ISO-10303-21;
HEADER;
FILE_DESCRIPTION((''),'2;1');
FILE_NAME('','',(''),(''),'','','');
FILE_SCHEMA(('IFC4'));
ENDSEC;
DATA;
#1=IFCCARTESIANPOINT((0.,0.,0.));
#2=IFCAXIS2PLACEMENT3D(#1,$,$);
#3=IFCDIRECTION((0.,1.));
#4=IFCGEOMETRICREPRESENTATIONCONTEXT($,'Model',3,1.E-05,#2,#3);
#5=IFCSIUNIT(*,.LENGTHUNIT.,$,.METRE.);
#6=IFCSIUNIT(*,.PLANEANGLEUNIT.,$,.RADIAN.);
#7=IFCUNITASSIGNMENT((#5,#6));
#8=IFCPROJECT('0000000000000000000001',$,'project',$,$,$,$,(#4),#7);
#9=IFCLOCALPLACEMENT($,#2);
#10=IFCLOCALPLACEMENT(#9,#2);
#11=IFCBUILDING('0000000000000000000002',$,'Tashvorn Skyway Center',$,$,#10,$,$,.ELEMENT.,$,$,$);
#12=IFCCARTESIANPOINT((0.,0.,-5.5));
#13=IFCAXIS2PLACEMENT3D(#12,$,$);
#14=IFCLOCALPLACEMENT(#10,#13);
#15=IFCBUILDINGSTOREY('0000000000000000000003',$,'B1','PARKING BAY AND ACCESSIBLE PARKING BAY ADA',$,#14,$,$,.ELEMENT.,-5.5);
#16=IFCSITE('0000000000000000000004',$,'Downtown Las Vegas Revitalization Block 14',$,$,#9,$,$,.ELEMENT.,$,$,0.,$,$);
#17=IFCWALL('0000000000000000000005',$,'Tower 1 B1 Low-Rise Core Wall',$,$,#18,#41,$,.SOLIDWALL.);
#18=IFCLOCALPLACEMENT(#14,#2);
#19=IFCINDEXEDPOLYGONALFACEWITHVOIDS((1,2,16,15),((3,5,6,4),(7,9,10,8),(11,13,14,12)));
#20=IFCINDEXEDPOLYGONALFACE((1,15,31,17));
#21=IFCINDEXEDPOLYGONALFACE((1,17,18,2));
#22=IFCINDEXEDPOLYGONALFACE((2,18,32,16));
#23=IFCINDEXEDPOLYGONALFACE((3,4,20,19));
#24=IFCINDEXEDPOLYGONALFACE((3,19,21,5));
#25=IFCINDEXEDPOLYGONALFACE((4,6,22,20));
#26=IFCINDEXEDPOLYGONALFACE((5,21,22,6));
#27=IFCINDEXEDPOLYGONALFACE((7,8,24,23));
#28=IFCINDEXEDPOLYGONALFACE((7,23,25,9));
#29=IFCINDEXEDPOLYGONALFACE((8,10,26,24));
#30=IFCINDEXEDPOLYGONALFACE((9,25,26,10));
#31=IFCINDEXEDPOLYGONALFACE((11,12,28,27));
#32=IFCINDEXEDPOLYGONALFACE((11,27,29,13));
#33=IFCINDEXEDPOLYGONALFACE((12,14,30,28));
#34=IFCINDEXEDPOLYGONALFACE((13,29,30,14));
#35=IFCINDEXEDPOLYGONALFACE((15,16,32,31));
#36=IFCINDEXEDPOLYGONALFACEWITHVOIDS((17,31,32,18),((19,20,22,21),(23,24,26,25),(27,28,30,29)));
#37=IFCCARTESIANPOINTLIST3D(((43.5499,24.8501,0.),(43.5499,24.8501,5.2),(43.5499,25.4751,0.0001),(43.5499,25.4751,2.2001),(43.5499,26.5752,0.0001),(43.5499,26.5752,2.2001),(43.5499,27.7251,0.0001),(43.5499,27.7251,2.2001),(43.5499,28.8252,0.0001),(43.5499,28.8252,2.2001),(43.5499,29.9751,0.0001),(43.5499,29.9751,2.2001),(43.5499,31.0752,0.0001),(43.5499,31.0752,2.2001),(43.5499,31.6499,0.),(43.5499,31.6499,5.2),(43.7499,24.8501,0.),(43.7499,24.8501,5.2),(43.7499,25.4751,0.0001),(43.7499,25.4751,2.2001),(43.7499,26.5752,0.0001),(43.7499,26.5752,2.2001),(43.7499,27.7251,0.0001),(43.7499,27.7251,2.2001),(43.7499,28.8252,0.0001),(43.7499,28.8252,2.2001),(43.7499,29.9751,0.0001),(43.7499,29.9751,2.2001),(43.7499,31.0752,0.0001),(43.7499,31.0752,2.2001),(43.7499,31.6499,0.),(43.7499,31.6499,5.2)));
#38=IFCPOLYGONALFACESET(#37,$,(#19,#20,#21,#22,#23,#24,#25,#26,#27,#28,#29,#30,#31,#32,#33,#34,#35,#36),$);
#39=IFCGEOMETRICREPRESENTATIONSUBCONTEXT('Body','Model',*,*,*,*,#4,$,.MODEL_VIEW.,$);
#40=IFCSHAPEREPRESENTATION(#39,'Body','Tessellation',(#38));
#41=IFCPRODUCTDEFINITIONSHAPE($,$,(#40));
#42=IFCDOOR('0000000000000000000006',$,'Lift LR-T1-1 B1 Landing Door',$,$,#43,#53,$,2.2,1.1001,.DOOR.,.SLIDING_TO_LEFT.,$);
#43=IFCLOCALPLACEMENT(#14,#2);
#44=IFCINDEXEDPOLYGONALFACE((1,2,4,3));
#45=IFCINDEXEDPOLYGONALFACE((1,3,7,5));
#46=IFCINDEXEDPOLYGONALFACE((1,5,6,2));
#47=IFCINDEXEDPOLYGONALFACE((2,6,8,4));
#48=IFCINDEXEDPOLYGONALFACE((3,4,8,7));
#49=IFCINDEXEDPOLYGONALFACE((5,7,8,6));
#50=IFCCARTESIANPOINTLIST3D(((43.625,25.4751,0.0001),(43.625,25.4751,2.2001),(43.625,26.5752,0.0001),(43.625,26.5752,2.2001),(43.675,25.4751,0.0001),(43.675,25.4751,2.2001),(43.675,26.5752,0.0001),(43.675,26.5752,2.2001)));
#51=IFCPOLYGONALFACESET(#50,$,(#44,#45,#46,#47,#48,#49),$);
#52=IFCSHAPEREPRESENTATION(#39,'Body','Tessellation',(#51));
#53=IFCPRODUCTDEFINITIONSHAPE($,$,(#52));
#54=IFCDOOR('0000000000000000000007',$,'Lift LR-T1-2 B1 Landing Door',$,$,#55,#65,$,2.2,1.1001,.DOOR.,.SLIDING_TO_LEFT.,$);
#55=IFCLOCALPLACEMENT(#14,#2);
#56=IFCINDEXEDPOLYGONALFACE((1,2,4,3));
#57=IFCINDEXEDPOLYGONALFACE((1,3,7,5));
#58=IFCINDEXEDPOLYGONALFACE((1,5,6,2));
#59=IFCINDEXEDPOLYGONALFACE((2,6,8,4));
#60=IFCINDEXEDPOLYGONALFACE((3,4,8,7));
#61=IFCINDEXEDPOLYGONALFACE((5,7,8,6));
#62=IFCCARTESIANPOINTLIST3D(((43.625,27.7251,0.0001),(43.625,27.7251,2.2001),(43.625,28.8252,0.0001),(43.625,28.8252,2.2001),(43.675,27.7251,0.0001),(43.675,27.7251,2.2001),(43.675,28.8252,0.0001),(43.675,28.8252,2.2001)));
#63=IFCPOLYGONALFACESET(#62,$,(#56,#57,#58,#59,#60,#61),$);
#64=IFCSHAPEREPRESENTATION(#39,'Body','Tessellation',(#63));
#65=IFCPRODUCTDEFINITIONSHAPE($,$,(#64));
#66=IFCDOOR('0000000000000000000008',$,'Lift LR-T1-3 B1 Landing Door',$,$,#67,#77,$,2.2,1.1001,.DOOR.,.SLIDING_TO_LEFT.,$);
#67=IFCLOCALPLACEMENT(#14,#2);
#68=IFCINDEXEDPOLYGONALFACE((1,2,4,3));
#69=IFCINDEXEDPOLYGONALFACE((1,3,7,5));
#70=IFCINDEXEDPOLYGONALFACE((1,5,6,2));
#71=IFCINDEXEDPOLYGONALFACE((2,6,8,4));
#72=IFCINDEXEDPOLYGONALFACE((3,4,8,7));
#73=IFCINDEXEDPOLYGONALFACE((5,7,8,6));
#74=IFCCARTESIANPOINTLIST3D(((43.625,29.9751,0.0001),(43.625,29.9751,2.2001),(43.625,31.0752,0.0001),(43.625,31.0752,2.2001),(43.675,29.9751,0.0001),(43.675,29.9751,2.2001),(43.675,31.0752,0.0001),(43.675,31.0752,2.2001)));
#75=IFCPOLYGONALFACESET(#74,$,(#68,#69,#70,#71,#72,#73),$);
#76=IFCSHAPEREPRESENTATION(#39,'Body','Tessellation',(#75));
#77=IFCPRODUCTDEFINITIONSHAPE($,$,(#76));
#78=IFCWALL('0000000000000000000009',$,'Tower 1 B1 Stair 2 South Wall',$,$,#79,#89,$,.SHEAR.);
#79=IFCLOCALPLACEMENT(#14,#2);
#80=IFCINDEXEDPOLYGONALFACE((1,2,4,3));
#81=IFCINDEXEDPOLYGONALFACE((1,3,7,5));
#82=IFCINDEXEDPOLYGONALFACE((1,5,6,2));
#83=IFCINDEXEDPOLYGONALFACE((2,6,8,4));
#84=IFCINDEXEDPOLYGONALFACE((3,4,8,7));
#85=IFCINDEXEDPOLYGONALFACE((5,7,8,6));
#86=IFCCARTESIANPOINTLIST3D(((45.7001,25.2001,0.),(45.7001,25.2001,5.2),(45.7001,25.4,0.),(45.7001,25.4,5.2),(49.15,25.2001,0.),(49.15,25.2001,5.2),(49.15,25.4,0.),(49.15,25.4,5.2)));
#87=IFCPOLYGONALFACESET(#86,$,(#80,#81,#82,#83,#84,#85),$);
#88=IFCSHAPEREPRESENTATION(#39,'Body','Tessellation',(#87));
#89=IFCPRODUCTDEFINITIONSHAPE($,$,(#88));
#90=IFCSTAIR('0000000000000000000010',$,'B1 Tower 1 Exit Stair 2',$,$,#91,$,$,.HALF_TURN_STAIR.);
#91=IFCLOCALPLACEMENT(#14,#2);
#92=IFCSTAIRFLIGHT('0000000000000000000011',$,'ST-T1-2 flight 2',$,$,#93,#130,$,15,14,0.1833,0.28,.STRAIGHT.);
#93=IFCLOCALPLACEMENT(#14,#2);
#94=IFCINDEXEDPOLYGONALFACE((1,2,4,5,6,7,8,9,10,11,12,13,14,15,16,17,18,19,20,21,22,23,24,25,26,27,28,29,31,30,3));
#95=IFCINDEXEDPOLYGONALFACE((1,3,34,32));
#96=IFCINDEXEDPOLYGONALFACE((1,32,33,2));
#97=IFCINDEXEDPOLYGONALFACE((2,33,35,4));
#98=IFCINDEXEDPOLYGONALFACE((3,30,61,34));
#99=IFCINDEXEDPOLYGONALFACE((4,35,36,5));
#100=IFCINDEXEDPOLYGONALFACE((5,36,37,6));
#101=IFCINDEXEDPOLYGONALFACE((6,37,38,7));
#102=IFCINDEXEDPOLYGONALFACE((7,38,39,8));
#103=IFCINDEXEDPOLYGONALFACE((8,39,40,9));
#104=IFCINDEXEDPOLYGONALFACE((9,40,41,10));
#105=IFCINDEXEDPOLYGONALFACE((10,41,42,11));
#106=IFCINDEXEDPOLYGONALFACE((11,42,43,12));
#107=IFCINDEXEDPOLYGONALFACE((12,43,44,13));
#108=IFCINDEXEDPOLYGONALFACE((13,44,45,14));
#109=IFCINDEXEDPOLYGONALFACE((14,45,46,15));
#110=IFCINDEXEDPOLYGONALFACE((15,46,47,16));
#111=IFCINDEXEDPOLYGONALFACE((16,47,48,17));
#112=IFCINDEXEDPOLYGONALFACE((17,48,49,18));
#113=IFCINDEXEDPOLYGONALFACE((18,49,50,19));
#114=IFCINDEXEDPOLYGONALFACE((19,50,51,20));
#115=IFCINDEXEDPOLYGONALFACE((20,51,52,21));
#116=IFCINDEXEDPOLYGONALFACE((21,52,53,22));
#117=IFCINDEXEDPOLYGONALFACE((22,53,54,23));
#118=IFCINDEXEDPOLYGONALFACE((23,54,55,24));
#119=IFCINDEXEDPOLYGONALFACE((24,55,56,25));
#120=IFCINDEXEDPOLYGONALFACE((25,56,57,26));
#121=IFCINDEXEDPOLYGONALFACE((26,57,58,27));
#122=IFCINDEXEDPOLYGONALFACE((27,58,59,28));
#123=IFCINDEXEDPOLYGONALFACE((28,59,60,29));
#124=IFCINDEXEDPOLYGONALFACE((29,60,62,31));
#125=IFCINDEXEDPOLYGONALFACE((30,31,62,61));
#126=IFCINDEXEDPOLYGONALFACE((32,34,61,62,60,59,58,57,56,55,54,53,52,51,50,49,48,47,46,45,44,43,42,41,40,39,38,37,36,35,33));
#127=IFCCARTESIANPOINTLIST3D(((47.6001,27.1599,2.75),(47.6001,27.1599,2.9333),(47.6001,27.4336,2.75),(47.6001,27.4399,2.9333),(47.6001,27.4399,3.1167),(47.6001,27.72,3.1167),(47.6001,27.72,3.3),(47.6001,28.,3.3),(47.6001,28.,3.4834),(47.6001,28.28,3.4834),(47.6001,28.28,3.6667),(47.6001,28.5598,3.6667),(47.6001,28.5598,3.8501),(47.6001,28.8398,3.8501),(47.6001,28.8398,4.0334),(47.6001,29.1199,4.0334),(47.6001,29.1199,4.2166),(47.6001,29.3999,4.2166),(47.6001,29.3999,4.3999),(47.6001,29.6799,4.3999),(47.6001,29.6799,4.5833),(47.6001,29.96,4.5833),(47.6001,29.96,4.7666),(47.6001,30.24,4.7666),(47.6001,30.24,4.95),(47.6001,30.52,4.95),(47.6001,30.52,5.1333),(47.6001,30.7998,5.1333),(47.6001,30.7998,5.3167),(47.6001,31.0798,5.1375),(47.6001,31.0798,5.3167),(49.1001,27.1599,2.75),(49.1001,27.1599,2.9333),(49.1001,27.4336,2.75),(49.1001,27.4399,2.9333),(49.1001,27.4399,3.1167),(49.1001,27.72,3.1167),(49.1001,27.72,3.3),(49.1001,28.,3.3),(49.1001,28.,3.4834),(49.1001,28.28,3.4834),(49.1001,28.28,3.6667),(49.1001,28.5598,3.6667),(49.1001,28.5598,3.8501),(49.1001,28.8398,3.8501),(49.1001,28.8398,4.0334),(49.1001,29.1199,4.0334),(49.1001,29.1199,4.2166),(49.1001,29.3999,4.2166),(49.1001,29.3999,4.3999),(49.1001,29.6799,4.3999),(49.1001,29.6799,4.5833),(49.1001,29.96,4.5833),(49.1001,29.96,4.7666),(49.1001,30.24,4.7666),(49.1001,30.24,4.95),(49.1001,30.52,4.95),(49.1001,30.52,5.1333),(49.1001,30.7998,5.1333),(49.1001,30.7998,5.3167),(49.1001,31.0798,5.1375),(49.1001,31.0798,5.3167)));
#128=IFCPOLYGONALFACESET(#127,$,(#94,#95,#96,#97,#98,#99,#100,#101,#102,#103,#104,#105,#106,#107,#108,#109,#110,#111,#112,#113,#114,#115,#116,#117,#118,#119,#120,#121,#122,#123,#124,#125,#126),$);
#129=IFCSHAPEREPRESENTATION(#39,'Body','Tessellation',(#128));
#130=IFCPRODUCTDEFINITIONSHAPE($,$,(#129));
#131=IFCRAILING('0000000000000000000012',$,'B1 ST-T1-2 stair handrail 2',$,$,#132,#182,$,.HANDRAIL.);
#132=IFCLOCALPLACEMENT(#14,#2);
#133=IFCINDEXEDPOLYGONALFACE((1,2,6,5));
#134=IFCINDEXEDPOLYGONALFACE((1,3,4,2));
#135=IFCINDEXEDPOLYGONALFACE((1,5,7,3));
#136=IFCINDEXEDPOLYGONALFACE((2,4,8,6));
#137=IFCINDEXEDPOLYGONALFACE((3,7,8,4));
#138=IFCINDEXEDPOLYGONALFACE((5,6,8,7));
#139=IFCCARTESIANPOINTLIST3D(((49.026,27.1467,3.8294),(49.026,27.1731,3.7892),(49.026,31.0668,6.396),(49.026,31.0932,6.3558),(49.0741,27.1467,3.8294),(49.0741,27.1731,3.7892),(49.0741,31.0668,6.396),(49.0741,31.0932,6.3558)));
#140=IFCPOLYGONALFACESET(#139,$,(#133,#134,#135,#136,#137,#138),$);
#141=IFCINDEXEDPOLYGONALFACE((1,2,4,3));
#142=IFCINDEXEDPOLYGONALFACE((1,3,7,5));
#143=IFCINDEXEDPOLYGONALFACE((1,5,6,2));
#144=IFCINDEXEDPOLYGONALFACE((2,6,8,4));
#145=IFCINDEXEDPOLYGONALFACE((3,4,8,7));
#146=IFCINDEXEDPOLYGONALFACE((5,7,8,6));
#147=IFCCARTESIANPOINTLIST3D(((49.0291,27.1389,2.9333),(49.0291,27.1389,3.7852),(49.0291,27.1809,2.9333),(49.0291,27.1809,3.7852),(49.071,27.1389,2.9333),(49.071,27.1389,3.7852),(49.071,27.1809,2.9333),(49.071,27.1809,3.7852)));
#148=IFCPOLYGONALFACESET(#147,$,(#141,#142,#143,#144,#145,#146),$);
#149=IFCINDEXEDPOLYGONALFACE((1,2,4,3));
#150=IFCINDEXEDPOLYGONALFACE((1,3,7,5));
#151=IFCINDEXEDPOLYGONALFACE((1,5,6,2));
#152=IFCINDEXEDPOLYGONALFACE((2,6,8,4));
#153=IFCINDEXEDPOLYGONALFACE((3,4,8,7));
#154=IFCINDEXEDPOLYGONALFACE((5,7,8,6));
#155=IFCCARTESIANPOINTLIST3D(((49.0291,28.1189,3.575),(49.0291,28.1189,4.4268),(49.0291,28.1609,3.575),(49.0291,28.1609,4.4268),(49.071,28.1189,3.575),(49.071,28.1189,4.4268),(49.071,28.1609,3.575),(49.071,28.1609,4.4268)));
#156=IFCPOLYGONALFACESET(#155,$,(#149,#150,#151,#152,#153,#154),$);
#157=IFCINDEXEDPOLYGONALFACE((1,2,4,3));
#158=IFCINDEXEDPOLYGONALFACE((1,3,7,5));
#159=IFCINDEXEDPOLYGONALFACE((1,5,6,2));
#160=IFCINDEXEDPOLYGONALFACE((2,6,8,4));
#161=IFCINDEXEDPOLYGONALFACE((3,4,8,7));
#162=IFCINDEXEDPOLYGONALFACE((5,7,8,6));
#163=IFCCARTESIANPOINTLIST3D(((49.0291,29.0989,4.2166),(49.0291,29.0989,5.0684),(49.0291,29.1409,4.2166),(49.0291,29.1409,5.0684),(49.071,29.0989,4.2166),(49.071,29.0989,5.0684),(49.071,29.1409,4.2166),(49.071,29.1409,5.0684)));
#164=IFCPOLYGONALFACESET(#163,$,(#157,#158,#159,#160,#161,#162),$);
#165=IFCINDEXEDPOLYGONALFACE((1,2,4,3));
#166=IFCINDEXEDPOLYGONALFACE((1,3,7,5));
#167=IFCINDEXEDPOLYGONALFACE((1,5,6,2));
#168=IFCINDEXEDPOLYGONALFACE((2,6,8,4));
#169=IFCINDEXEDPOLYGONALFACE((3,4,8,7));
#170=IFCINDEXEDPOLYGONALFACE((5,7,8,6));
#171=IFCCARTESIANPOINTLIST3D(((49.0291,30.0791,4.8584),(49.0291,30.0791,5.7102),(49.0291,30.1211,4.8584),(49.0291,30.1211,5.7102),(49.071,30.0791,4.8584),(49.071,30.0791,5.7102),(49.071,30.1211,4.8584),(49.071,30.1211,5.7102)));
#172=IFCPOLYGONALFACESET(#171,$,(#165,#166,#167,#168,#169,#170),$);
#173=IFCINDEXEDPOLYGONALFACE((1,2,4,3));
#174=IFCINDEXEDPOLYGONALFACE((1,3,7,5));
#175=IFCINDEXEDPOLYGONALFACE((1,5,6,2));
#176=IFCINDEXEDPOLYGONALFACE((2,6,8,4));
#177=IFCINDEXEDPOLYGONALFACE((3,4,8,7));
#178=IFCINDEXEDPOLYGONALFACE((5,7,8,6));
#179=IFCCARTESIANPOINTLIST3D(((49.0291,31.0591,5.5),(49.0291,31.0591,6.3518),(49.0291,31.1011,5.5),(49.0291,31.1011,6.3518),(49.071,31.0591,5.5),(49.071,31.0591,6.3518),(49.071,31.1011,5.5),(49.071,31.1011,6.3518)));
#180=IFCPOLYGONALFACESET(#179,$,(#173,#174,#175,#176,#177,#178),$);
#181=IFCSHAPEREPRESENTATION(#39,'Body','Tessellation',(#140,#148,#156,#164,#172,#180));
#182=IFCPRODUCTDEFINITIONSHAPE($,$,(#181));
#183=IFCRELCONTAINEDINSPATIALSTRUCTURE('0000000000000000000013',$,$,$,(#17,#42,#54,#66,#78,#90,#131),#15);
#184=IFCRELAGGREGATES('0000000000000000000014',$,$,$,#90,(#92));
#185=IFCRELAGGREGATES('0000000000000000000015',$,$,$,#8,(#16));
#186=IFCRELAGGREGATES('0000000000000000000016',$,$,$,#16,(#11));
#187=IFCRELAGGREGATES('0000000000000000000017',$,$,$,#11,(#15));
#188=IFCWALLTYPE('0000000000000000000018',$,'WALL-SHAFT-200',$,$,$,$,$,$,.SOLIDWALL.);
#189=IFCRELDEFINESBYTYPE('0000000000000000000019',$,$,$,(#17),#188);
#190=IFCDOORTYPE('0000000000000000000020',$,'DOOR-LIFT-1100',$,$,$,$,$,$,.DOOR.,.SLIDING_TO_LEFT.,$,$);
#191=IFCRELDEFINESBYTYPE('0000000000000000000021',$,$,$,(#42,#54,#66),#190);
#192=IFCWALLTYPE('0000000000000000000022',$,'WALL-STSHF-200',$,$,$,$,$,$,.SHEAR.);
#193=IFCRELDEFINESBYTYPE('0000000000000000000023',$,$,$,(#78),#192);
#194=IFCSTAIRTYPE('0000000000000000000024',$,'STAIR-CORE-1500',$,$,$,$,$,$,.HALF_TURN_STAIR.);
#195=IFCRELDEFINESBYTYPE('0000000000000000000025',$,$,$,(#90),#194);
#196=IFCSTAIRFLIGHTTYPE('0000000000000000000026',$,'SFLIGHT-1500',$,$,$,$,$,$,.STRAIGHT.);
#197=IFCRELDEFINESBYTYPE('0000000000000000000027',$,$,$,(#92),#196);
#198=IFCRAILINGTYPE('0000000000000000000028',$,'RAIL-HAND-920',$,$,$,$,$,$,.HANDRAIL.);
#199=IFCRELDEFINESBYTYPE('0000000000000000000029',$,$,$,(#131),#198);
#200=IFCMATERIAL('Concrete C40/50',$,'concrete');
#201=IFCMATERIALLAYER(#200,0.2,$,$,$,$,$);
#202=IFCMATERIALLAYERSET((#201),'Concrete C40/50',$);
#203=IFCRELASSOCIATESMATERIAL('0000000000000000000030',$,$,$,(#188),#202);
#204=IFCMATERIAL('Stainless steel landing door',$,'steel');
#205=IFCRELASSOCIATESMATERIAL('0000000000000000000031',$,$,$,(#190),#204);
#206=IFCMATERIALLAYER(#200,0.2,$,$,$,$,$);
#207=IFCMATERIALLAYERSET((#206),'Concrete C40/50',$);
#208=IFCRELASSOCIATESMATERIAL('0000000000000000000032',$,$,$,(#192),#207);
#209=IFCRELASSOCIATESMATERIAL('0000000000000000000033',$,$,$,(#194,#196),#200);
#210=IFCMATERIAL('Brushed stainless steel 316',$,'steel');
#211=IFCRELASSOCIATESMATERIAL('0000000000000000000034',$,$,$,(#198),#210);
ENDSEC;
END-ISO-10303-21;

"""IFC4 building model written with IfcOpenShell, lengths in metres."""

from ifc_helpers import new_model, si_unit, direction, frame, frame_2d, origin, origin_2d, place, context, subcontext, project, spatial, polyline, rectangle, outline, extrude, material, layer, layer_set, type_object, element, fill, aggregate, save


model = new_model("IFC4")

# Units and contexts
model_context = context("Model", 3, precision=1e-05, world=origin(), true_north=direction((0.0, 1.0)))
body_context = subcontext(model_context, "Body", "Model", "MODEL_VIEW")
ifc_project = project(units=[si_unit("LENGTHUNIT", "METRE"), si_unit("PLANEANGLEUNIT", "RADIAN")], contexts=[model_context])

# Site, building, storey
site_placement = place(None, origin())
site = spatial("IfcSite", under=ifc_project, at=site_placement, Name="Downtown Las Vegas Revitalization Block 14", CompositionType="ELEMENT", RefElevation=0.0)
building_placement = place(site_placement, origin())
building = spatial("IfcBuilding", under=site, at=building_placement, Name="Tashvorn Skyway Center", CompositionType="ELEMENT")
storey_placement = place(building_placement, frame((0.0, 0.0, -5.5)))
storey = spatial("IfcBuildingStorey", under=building, at=storey_placement, Name="B1", Description="PARKING BAY AND ACCESSIBLE PARKING BAY ADA", CompositionType="ELEMENT", Elevation=-5.5)

# Wall, openings, doors
ifc_material_1 = material(Name="Concrete C40/50", Category="concrete")
ifc_layer_1 = layer(ifc_material_1, 0.2)
ifc_layer_set_1 = layer_set([ifc_layer_1], Name="Concrete C40/50")
wall_type_1 = type_object("IfcWallType", Name="WALL-SHAFT-200", PredefinedType="SOLIDWALL", material=ifc_layer_set_1)
wall_1_placement = place(storey_placement, frame((43.6499, 24.8501, 0.0), z_axis=(0.0, 0.0, 1.0), x_axis=(0.0, 1.0, 0.0)))
wall_1 = element("IfcWall", 1, at=wall_1_placement, inside=storey, type_object=wall_type_1, Name="Tower 1 B1 Low-Rise Core Wall", PredefinedType="SOLIDWALL", context=body_context, shape_type="SweptSolid", body=[
    extrude(rectangle(XDim=6.7998, YDim=0.2, at=frame_2d((3.3999, 0.0))), origin(), (0.0, 0.0, 1.0), 5.2),
])
opening_1_placement = place(wall_1_placement, frame((0.625, 0.0, 0.0)))
opening_1 = element("IfcOpeningElement", 2, at=opening_1_placement, cuts=wall_1, PredefinedType="OPENING", context=body_context, shape_type="SweptSolid", body=[
    extrude(rectangle(XDim=1.1001, YDim=2.2, at=frame_2d((0.55, 1.1001))), frame((0.0, 0.1099, 0.0), z_axis=(0.0, -1.0, 0.0), x_axis=(1.0, 0.0, 0.0)), (0.0, 0.0, 1.0), 0.22),
])
opening_2_placement = place(wall_1_placement, frame((2.875, 0.0, 0.0)))
opening_2 = element("IfcOpeningElement", 3, at=opening_2_placement, cuts=wall_1, PredefinedType="OPENING", context=body_context, shape_type="SweptSolid", body=[
    extrude(rectangle(XDim=1.1001, YDim=2.2, at=frame_2d((0.55, 1.1001))), frame((0.0, 0.1099, 0.0), z_axis=(0.0, -1.0, 0.0), x_axis=(1.0, 0.0, 0.0)), (0.0, 0.0, 1.0), 0.22),
])
opening_3_placement = place(wall_1_placement, frame((5.125, 0.0, 0.0)))
opening_3 = element("IfcOpeningElement", 4, at=opening_3_placement, cuts=wall_1, PredefinedType="OPENING", context=body_context, shape_type="SweptSolid", body=[
    extrude(rectangle(XDim=1.1001, YDim=2.2, at=frame_2d((0.55, 1.1001))), frame((0.0, 0.1099, 0.0), z_axis=(0.0, -1.0, 0.0), x_axis=(1.0, 0.0, 0.0)), (0.0, 0.0, 1.0), 0.22),
])
ifc_material_2 = material(Name="Stainless steel landing door", Category="steel")
door_type_1 = type_object("IfcDoorType", Name="DOOR-LIFT-1100", OperationType="SLIDING_TO_LEFT", PredefinedType="DOOR", material=ifc_material_2)
door_1_placement = place(opening_1_placement, origin())
door_1 = element("IfcDoor", 5, at=door_1_placement, inside=storey, type_object=door_type_1, Name="Lift LR-T1-1 B1 Landing Door", OperationType="SLIDING_TO_LEFT", OverallHeight=2.2, OverallWidth=1.1001, PredefinedType="DOOR", context=body_context, shape_type="SweptSolid", body=[
    extrude(rectangle(XDim=1.1001, YDim=2.2, at=frame_2d((0.55, 1.1001))), frame((0.0, 0.0249, 0.0), z_axis=(0.0, -1.0, 0.0), x_axis=(1.0, 0.0, 0.0)), (0.0, 0.0, 1.0), 0.05),
])
fill(opening_1, door_1)
door_2_placement = place(opening_2_placement, origin())
door_2 = element("IfcDoor", 6, at=door_2_placement, inside=storey, type_object=door_type_1, Name="Lift LR-T1-2 B1 Landing Door", OperationType="SLIDING_TO_LEFT", OverallHeight=2.2, OverallWidth=1.1001, PredefinedType="DOOR", context=body_context, shape_type="SweptSolid", body=[
    extrude(rectangle(XDim=1.1001, YDim=2.2, at=frame_2d((0.55, 1.1001))), frame((0.0, 0.0249, 0.0), z_axis=(0.0, -1.0, 0.0), x_axis=(1.0, 0.0, 0.0)), (0.0, 0.0, 1.0), 0.05),
])
fill(opening_2, door_2)
door_3_placement = place(opening_3_placement, origin())
door_3 = element("IfcDoor", 7, at=door_3_placement, inside=storey, type_object=door_type_1, Name="Lift LR-T1-3 B1 Landing Door", OperationType="SLIDING_TO_LEFT", OverallHeight=2.2, OverallWidth=1.1001, PredefinedType="DOOR", context=body_context, shape_type="SweptSolid", body=[
    extrude(rectangle(XDim=1.1001, YDim=2.2, at=frame_2d((0.55, 1.1001))), frame((0.0, 0.0249, 0.0), z_axis=(0.0, -1.0, 0.0), x_axis=(1.0, 0.0, 0.0)), (0.0, 0.0, 1.0), 0.05),
])
fill(opening_3, door_3)

# Wall
ifc_layer_2 = layer(ifc_material_1, 0.2)
ifc_layer_set_2 = layer_set([ifc_layer_2], Name="Concrete C40/50")
wall_type_2 = type_object("IfcWallType", Name="WALL-STSHF-200", PredefinedType="SHEAR", material=ifc_layer_set_2)
wall_2_placement = place(storey_placement, frame((45.7, 25.3, 0.0), z_axis=(0.0, 0.0, 1.0), x_axis=(1.0, 0.0, 0.0)))
element("IfcWall", 8, at=wall_2_placement, inside=storey, type_object=wall_type_2, Name="Tower 1 B1 Stair 2 South Wall", PredefinedType="SHEAR", context=body_context, shape_type="SweptSolid", body=[
    extrude(rectangle(XDim=3.45, YDim=0.2, at=frame_2d((1.7251, 0.0))), origin(), (0.0, 0.0, 1.0), 5.2),
])

# Stair, stair flight
stair_type = type_object("IfcStairType", Name="STAIR-CORE-1500", PredefinedType="HALF_TURN_STAIR", material=ifc_material_1)
stair_placement = place(storey_placement, origin())
stair = element("IfcStair", 9, at=stair_placement, inside=storey, type_object=stair_type, Name="B1 Tower 1 Exit Stair 2", PredefinedType="HALF_TURN_STAIR")
stair_flight_type = type_object("IfcStairFlightType", Name="SFLIGHT-1500", PredefinedType="STRAIGHT", material=ifc_material_1)
stair_flight_placement = place(storey_placement, frame((48.3501, 27.1599, 2.75), z_axis=(0.0, 0.0, 1.0), x_axis=(0.0, 1.0, 0.0)))
stair_flight = element("IfcStairFlight", 10, at=stair_flight_placement, type_object=stair_flight_type, Name="ST-T1-2 flight 2", NumberOfRisers=15, NumberOfTreads=14, PredefinedType="STRAIGHT", RiserHeight=0.1833, TreadLength=0.28, context=body_context, shape_type="SweptSolid", body=[
    extrude(outline(polyline([(0.0, 0.0), (0.0, 0.1833), (0.28, 0.1833), (0.28, 0.3667), (0.5601, 0.3667), (0.5601, 0.55), (0.8401, 0.55), (0.8401, 0.7334), (1.1201, 0.7334), (1.1201, 0.9167), (1.3999, 0.9167), (1.3999, 1.1001), (1.6799, 1.1001), (1.6799, 1.2834), (1.96, 1.2834), (1.96, 1.4666), (2.24, 1.4666), (2.24, 1.6499), (2.52, 1.6499), (2.52, 1.8333), (2.8, 1.8333), (2.8, 2.0166), (3.0801, 2.0166), (3.0801, 2.2), (3.3601, 2.2), (3.3601, 2.3833), (3.6399, 2.3833), (3.6399, 2.5667), (3.9199, 2.5667), (3.9199, 2.75), (3.9199, 2.3875), (0.2737, 0.0), (0.0, 0.0)])), frame((0.0, 0.75, 0.0), z_axis=(0.0, -1.0, 0.0), x_axis=(1.0, 0.0, 0.0)), (0.0, 0.0, 1.0), 1.5),
])
aggregate(stair, [stair_flight])

# Railing
ifc_material_3 = material(Name="Brushed stainless steel 316", Category="steel")
railing_type_1 = type_object("IfcRailingType", Name="RAIL-HAND-920", PredefinedType="HANDRAIL", material=ifc_material_3)
railing_1_placement = place(storey_placement, frame((49.05, 27.1599, 2.9333)))
element("IfcRailing", 11, at=railing_1_placement, inside=storey, type_object=railing_type_1, Name="B1 ST-T1-2 stair handrail 2", PredefinedType="HANDRAIL", context=body_context, shape_type="SweptSolid", body=[
    extrude(rectangle(XDim=0.0481, YDim=0.0481, at=origin_2d()), frame((0.0, 0.0, 0.876), z_axis=(0.0, 0.836631, 0.547767), x_axis=(-1.0, 0.0, 0.0)), (0.0, 0.0, 1.0), 4.6855),
    extrude(rectangle(XDim=0.042, YDim=0.042, at=origin_2d()), origin(), (0.0, 0.0, 1.0), 0.8518),
    extrude(rectangle(XDim=0.042, YDim=0.042, at=origin_2d()), frame((0.0, 0.98, 0.6416)), (0.0, 0.0, 1.0), 0.8518),
    extrude(rectangle(XDim=0.042, YDim=0.042, at=origin_2d()), frame((0.0, 1.96, 1.2832)), (0.0, 0.0, 1.0), 0.8518),
    extrude(rectangle(XDim=0.042, YDim=0.042, at=origin_2d()), frame((0.0, 2.9402, 1.925)), (0.0, 0.0, 1.0), 0.8518),
    extrude(rectangle(XDim=0.042, YDim=0.042, at=origin_2d()), frame((0.0, 3.9202, 2.5667)), (0.0, 0.0, 1.0), 0.8518),
])

save(model, "model.ifc")
